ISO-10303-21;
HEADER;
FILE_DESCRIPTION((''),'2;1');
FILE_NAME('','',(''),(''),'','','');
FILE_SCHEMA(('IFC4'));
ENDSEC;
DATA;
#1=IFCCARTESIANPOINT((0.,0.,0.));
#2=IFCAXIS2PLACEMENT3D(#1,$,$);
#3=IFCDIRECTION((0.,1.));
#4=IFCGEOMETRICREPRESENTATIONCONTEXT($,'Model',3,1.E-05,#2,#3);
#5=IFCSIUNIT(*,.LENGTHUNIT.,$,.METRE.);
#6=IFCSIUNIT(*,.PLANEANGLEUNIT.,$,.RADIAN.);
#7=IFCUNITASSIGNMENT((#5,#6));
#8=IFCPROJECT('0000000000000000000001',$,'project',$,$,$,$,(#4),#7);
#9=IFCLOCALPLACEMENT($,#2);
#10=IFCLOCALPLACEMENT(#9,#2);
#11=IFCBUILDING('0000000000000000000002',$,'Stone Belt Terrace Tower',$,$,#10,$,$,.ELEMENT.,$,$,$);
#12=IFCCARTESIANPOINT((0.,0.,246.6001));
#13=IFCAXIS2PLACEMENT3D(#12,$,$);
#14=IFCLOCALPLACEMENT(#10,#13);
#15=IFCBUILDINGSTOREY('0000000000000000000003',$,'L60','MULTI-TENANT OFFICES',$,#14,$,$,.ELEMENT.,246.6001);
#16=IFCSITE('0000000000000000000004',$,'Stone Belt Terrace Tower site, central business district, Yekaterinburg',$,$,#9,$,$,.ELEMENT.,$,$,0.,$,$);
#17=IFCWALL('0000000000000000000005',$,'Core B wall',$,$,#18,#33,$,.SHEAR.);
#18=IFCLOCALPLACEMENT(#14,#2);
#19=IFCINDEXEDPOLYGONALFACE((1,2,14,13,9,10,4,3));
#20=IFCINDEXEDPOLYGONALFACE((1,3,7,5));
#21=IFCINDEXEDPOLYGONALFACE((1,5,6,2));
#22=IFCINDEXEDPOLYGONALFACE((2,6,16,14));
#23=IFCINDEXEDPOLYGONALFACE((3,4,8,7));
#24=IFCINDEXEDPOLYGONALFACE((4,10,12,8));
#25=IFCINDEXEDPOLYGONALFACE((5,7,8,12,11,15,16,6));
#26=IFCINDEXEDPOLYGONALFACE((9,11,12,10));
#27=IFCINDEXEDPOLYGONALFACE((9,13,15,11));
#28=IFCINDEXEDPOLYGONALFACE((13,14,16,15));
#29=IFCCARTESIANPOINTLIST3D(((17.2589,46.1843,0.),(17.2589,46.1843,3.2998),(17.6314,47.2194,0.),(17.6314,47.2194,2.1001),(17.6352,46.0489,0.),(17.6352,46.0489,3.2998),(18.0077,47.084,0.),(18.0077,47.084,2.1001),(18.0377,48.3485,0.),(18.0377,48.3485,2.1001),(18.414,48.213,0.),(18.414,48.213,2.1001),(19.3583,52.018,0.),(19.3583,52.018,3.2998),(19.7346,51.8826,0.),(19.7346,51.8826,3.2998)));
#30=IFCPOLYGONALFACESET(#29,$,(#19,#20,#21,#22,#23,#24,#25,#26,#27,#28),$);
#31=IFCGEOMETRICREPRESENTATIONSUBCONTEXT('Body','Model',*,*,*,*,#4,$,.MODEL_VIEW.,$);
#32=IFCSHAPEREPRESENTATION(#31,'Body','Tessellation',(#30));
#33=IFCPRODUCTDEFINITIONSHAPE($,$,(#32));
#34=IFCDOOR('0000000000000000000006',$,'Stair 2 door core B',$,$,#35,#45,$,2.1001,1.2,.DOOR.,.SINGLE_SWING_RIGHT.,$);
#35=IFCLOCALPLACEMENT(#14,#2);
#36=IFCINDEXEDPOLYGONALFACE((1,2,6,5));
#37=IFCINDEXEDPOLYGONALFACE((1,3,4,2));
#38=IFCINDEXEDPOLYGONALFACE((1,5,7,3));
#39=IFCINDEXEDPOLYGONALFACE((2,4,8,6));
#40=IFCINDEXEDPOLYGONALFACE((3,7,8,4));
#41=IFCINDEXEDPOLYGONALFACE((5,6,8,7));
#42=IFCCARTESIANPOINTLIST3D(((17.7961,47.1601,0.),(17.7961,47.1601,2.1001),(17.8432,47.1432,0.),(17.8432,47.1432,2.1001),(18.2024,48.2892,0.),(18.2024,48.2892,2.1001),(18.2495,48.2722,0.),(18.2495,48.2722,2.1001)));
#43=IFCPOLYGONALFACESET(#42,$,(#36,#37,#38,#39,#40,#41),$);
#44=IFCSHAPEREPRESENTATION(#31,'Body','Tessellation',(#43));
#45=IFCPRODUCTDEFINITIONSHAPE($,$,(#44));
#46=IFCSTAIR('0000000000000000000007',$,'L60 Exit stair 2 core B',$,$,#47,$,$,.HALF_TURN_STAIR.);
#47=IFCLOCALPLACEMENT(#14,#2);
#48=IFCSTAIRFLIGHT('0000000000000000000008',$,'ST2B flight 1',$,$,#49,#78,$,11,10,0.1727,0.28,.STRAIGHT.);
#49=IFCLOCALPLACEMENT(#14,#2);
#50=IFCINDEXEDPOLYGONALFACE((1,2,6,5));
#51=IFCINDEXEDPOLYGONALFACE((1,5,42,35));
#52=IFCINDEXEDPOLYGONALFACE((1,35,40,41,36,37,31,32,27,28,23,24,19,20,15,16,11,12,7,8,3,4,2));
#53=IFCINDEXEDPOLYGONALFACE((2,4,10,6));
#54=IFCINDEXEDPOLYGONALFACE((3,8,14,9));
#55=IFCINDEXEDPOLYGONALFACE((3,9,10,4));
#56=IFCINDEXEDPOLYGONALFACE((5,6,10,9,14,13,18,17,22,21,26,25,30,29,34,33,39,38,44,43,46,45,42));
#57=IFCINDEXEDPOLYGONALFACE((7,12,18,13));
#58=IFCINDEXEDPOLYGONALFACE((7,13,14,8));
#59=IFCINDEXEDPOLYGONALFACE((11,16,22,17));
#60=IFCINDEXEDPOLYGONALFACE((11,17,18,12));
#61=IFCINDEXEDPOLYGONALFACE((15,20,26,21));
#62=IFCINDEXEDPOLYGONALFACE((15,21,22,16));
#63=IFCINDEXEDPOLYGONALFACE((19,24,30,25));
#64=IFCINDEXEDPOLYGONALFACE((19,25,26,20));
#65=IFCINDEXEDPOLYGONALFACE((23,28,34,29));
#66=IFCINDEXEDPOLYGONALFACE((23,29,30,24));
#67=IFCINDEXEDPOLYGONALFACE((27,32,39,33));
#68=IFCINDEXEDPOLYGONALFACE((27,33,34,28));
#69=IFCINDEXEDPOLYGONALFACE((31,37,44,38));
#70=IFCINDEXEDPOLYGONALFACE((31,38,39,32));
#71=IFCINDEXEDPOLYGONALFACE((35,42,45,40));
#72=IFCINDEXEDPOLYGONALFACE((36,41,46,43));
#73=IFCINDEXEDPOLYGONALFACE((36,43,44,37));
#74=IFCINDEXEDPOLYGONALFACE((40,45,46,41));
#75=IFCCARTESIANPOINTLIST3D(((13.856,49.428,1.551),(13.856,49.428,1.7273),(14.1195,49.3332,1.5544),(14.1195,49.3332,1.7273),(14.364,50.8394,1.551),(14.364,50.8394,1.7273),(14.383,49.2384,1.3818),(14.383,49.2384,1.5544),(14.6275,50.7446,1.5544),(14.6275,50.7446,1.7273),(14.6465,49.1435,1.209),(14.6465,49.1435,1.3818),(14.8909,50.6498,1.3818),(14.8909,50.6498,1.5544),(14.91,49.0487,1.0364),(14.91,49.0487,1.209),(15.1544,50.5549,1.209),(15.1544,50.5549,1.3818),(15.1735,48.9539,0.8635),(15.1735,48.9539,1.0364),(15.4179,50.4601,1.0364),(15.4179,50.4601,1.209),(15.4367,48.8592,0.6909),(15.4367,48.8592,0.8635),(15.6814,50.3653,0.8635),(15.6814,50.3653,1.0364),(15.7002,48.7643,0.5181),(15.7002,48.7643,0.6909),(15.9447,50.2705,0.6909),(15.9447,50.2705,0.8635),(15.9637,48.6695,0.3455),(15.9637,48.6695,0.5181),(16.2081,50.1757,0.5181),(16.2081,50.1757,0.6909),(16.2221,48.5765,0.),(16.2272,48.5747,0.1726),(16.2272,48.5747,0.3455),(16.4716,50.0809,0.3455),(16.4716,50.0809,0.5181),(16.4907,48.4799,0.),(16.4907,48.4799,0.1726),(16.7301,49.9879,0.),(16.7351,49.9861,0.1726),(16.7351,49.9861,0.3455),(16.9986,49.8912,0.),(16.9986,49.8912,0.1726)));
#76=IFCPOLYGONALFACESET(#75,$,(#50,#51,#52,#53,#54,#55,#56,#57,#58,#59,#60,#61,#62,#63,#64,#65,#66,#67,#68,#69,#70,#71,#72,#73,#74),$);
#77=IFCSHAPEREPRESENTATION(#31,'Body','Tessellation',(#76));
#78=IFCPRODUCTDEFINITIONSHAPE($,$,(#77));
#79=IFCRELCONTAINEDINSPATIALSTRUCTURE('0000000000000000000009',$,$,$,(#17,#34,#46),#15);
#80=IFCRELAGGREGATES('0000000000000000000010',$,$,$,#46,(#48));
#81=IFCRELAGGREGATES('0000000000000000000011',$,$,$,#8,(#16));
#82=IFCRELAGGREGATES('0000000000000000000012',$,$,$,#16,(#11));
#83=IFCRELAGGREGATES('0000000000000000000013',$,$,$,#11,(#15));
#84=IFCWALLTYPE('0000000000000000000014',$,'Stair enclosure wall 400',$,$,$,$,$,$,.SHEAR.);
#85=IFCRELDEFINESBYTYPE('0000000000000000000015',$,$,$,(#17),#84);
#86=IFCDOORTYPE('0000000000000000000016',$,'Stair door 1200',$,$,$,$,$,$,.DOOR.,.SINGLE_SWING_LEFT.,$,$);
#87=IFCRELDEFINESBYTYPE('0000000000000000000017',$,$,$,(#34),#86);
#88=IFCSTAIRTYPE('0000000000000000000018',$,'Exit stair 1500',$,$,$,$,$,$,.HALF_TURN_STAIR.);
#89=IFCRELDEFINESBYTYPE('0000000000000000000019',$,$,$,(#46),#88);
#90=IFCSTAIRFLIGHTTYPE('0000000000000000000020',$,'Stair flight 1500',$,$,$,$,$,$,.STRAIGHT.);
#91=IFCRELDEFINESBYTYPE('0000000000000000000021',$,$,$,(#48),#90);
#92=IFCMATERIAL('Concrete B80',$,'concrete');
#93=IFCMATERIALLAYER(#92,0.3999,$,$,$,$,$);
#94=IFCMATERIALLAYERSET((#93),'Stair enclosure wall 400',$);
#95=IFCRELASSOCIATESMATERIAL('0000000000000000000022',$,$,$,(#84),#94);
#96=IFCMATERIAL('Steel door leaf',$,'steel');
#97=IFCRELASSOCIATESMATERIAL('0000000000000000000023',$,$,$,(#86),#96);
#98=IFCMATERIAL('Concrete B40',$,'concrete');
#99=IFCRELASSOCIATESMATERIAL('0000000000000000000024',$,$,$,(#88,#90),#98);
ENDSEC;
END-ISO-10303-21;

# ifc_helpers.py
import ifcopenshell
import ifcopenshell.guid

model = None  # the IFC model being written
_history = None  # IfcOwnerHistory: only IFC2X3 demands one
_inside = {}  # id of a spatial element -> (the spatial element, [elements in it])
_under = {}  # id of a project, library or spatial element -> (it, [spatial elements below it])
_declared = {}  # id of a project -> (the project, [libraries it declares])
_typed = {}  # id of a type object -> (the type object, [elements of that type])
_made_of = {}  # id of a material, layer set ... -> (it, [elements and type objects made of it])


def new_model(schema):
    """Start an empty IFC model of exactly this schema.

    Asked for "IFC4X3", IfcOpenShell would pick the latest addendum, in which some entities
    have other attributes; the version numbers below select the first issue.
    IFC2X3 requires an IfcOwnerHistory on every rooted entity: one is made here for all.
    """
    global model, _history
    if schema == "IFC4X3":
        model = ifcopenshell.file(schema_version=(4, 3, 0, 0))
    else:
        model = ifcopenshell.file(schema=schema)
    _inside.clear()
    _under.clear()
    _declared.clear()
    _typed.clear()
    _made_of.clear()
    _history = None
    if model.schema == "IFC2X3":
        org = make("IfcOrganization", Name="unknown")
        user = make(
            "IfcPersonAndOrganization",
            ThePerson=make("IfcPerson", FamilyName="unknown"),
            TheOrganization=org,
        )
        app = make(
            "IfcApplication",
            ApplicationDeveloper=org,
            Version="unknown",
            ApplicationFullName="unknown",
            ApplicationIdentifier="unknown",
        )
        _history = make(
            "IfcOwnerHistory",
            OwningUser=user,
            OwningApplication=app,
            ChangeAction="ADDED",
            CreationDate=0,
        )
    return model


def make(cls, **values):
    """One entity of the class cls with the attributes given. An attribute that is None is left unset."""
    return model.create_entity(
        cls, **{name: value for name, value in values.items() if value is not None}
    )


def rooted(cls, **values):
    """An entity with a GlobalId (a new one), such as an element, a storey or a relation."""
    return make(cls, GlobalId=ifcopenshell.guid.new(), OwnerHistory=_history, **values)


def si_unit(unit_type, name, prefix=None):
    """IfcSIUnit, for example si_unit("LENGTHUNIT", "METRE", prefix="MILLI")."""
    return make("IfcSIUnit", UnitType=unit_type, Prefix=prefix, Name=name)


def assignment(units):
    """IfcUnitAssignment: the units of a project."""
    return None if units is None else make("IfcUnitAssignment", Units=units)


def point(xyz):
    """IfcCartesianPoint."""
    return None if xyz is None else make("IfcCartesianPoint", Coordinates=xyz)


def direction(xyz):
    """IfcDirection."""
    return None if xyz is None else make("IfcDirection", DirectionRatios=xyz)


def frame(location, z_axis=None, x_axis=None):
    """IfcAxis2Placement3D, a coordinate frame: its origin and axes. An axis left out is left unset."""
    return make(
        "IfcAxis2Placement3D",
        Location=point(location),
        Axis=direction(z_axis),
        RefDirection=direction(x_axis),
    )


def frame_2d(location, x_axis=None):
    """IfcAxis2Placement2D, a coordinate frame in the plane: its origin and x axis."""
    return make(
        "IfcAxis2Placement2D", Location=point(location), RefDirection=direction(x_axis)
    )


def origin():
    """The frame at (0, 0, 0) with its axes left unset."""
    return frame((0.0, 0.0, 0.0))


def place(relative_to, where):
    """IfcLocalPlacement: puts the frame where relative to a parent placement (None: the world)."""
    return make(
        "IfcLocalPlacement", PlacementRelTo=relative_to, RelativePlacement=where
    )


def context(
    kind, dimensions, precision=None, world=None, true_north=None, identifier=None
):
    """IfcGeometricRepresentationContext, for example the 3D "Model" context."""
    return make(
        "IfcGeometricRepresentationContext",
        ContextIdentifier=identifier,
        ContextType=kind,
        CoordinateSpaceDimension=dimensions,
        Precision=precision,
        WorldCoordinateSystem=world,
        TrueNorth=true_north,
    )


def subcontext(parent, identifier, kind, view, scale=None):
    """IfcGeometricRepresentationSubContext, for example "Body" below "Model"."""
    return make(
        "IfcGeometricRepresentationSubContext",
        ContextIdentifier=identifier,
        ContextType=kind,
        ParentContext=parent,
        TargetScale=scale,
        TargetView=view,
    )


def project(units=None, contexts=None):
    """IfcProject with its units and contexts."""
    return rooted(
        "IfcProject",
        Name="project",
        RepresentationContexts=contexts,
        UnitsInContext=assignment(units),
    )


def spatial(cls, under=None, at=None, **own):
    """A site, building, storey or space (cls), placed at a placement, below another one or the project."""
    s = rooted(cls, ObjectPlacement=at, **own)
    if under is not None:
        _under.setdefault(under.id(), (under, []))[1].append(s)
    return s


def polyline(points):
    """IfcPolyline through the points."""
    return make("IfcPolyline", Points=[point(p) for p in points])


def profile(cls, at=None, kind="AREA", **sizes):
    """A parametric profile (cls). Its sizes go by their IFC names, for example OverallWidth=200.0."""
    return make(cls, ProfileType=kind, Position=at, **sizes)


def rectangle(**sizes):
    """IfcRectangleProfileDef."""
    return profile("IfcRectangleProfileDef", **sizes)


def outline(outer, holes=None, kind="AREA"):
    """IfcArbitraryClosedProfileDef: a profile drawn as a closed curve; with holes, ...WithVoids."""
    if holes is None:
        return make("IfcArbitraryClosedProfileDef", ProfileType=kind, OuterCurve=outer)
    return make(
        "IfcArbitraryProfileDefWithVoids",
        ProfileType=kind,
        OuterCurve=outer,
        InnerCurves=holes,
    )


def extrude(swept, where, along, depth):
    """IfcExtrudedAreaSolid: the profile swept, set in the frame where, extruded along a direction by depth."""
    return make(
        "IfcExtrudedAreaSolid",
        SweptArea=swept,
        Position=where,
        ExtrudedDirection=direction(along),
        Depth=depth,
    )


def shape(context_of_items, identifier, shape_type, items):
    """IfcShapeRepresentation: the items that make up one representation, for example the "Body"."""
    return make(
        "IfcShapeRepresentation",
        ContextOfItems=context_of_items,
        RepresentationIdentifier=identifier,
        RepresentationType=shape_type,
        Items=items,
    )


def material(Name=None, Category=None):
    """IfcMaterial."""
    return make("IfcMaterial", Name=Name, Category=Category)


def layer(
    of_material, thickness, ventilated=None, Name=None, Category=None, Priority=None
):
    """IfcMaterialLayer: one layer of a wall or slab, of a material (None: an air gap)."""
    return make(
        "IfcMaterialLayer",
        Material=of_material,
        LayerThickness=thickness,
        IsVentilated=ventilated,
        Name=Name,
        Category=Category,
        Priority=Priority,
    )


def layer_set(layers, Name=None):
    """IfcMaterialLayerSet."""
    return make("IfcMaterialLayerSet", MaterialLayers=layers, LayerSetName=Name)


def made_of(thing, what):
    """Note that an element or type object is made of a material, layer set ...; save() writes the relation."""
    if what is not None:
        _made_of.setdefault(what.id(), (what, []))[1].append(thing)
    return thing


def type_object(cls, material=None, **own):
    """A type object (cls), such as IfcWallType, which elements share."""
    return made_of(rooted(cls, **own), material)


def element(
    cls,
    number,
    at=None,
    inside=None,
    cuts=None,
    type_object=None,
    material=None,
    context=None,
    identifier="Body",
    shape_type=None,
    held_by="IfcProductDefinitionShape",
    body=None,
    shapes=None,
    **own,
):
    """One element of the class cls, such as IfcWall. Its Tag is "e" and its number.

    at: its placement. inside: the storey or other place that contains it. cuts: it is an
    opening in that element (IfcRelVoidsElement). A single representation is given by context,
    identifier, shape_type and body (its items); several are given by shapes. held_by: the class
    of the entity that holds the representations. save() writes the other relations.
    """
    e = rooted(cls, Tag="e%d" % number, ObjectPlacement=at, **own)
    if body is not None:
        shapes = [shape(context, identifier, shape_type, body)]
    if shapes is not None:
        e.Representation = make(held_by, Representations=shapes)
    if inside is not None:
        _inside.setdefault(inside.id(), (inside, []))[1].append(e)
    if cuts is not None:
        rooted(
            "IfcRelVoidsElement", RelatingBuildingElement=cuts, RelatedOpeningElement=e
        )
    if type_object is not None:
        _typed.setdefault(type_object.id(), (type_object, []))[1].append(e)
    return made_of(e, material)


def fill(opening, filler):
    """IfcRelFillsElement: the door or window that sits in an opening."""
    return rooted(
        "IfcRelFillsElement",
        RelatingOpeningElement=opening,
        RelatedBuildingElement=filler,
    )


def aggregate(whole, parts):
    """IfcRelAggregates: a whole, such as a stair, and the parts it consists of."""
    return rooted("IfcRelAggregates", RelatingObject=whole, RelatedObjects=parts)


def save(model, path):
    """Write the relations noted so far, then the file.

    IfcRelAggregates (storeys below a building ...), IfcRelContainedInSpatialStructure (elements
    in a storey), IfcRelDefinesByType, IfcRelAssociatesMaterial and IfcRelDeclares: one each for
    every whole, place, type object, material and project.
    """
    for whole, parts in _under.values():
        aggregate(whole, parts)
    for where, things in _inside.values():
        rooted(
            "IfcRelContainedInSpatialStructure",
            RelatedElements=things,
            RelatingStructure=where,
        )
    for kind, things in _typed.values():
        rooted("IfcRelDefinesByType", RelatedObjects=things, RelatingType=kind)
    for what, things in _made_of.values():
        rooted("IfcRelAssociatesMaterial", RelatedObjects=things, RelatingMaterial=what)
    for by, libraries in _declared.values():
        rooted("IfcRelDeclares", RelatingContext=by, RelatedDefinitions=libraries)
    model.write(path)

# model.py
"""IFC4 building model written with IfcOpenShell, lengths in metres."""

from ifc_helpers import new_model, si_unit, direction, frame, frame_2d, origin, place, context, subcontext, project, spatial, polyline, rectangle, outline, extrude, material, layer, layer_set, type_object, element, fill, aggregate, save


model = new_model("IFC4")

# Units and contexts
model_context = context("Model", 3, precision=1e-05, world=origin(), true_north=direction((0.0, 1.0)))
body_context = subcontext(model_context, "Body", "Model", "MODEL_VIEW")
ifc_project = project(units=[si_unit("LENGTHUNIT", "METRE"), si_unit("PLANEANGLEUNIT", "RADIAN")], contexts=[model_context])

# Site, building, storey
site_placement = place(None, origin())
site = spatial("IfcSite", under=ifc_project, at=site_placement, Name="Stone Belt Terrace Tower site, central business district, Yekaterinburg", CompositionType="ELEMENT", RefElevation=0.0)
building_placement = place(site_placement, origin())
building = spatial("IfcBuilding", under=site, at=building_placement, Name="Stone Belt Terrace Tower", CompositionType="ELEMENT")
storey_placement = place(building_placement, frame((0.0, 0.0, 246.6001)))
storey = spatial("IfcBuildingStorey", under=building, at=storey_placement, Name="L60", Description="MULTI-TENANT OFFICES", CompositionType="ELEMENT", Elevation=246.6001)

# Shared definitions
ifc_material_1 = material(Name="Concrete B80", Category="concrete")

# Wall, opening, door
ifc_layer_1 = layer(ifc_material_1, 0.3999)
ifc_layer_set_1 = layer_set([ifc_layer_1], Name="Stair enclosure wall 400")
wall_type_1 = type_object("IfcWallType", Name="Stair enclosure wall 400", PredefinedType="SHEAR", material=ifc_layer_set_1)
wall_1_placement = place(storey_placement, frame((17.447, 46.1165, 0.0), z_axis=(0.0, 0.0, 1.0), x_axis=(0.338608, 0.940928, 0.0)))
wall_1 = element("IfcWall", 1, at=wall_1_placement, inside=storey, type_object=wall_type_1, Name="Core B wall", PredefinedType="SHEAR", context=body_context, shape_type="SweptSolid", body=[
    extrude(rectangle(XDim=6.2, YDim=0.3999, at=frame_2d((3.1001, 0.0))), origin(), (0.0, 0.0, 1.0), 3.2998),
])
opening_1_placement = place(wall_1_placement, frame((1.1001, 0.0, 0.0)))
opening_1 = element("IfcOpeningElement", 2, at=opening_1_placement, cuts=wall_1, PredefinedType="OPENING", context=body_context, shape_type="SweptSolid", body=[
    extrude(rectangle(XDim=1.2, YDim=2.1001, at=frame_2d((0.6001, 1.05))), frame((0.0, 0.21, 0.0), z_axis=(0.0, -1.0, 0.0), x_axis=(1.0, 0.0, 0.0)), (0.0, 0.0, 1.0), 0.4199),
])
ifc_material_2 = material(Name="Steel door leaf", Category="steel")
door_type_1 = type_object("IfcDoorType", Name="Stair door 1200", OperationType="SINGLE_SWING_LEFT", PredefinedType="DOOR", material=ifc_material_2)
door_1_placement = place(opening_1_placement, origin())
door_1 = element("IfcDoor", 3, at=door_1_placement, inside=storey, type_object=door_type_1, Name="Stair 2 door core B", OperationType="SINGLE_SWING_RIGHT", OverallHeight=2.1001, OverallWidth=1.2, PredefinedType="DOOR", context=body_context, shape_type="SweptSolid", body=[
    extrude(rectangle(XDim=1.2, YDim=2.1001, at=frame_2d((0.6001, 1.05))), frame((0.0, 0.0249, 0.0), z_axis=(0.0, -1.0, 0.0), x_axis=(1.0, 0.0, 0.0)), (0.0, 0.0, 1.0), 0.05),
])
fill(opening_1, door_1)

# Stair, stair flight
ifc_material_3 = material(Name="Concrete B40", Category="concrete")
stair_type = type_object("IfcStairType", Name="Exit stair 1500", PredefinedType="HALF_TURN_STAIR", material=ifc_material_3)
stair_placement = place(storey_placement, origin())
stair = element("IfcStair", 4, at=stair_placement, inside=storey, type_object=stair_type, Name="L60 Exit stair 2 core B", PredefinedType="HALF_TURN_STAIR")
stair_flight_type = type_object("IfcStairFlightType", Name="Stair flight 1500", PredefinedType="STRAIGHT", material=ifc_material_3)
stair_flight_placement = place(storey_placement, frame((16.7446, 49.1855, 0.0), z_axis=(0.0, 0.0, 1.0), x_axis=(-0.940922, 0.338624, 0.0)))
stair_flight = element("IfcStairFlight", 5, at=stair_flight_placement, type_object=stair_flight_type, Name="ST2B flight 1", NumberOfRisers=11, NumberOfTreads=10, PredefinedType="STRAIGHT", RiserHeight=0.1727, TreadLength=0.28, context=body_context, shape_type="SweptSolid", body=[
    extrude(outline(polyline([(0.0, 0.0), (0.0, 0.1726), (0.28, 0.1726), (0.28, 0.3455), (0.5601, 0.3455), (0.5601, 0.5181), (0.8401, 0.5181), (0.8401, 0.6909), (1.1201, 0.6909), (1.1201, 0.8635), (1.3999, 0.8635), (1.3999, 1.0364), (1.6799, 1.0364), (1.6799, 1.209), (1.96, 1.209), (1.96, 1.3818), (2.24, 1.3818), (2.24, 1.5544), (2.52, 1.5544), (2.52, 1.7273), (2.8, 1.7273), (2.8, 1.8999), (2.8, 1.551), (0.2854, 0.0), (0.0, 0.0)])), frame((0.0, 0.75, 0.0), z_axis=(0.0, -1.0, 0.0), x_axis=(1.0, 0.0, 0.0)), (0.0, 0.0, 1.0), 1.5),
])
aggregate(stair, [stair_flight])

save(model, "model.ifc")
